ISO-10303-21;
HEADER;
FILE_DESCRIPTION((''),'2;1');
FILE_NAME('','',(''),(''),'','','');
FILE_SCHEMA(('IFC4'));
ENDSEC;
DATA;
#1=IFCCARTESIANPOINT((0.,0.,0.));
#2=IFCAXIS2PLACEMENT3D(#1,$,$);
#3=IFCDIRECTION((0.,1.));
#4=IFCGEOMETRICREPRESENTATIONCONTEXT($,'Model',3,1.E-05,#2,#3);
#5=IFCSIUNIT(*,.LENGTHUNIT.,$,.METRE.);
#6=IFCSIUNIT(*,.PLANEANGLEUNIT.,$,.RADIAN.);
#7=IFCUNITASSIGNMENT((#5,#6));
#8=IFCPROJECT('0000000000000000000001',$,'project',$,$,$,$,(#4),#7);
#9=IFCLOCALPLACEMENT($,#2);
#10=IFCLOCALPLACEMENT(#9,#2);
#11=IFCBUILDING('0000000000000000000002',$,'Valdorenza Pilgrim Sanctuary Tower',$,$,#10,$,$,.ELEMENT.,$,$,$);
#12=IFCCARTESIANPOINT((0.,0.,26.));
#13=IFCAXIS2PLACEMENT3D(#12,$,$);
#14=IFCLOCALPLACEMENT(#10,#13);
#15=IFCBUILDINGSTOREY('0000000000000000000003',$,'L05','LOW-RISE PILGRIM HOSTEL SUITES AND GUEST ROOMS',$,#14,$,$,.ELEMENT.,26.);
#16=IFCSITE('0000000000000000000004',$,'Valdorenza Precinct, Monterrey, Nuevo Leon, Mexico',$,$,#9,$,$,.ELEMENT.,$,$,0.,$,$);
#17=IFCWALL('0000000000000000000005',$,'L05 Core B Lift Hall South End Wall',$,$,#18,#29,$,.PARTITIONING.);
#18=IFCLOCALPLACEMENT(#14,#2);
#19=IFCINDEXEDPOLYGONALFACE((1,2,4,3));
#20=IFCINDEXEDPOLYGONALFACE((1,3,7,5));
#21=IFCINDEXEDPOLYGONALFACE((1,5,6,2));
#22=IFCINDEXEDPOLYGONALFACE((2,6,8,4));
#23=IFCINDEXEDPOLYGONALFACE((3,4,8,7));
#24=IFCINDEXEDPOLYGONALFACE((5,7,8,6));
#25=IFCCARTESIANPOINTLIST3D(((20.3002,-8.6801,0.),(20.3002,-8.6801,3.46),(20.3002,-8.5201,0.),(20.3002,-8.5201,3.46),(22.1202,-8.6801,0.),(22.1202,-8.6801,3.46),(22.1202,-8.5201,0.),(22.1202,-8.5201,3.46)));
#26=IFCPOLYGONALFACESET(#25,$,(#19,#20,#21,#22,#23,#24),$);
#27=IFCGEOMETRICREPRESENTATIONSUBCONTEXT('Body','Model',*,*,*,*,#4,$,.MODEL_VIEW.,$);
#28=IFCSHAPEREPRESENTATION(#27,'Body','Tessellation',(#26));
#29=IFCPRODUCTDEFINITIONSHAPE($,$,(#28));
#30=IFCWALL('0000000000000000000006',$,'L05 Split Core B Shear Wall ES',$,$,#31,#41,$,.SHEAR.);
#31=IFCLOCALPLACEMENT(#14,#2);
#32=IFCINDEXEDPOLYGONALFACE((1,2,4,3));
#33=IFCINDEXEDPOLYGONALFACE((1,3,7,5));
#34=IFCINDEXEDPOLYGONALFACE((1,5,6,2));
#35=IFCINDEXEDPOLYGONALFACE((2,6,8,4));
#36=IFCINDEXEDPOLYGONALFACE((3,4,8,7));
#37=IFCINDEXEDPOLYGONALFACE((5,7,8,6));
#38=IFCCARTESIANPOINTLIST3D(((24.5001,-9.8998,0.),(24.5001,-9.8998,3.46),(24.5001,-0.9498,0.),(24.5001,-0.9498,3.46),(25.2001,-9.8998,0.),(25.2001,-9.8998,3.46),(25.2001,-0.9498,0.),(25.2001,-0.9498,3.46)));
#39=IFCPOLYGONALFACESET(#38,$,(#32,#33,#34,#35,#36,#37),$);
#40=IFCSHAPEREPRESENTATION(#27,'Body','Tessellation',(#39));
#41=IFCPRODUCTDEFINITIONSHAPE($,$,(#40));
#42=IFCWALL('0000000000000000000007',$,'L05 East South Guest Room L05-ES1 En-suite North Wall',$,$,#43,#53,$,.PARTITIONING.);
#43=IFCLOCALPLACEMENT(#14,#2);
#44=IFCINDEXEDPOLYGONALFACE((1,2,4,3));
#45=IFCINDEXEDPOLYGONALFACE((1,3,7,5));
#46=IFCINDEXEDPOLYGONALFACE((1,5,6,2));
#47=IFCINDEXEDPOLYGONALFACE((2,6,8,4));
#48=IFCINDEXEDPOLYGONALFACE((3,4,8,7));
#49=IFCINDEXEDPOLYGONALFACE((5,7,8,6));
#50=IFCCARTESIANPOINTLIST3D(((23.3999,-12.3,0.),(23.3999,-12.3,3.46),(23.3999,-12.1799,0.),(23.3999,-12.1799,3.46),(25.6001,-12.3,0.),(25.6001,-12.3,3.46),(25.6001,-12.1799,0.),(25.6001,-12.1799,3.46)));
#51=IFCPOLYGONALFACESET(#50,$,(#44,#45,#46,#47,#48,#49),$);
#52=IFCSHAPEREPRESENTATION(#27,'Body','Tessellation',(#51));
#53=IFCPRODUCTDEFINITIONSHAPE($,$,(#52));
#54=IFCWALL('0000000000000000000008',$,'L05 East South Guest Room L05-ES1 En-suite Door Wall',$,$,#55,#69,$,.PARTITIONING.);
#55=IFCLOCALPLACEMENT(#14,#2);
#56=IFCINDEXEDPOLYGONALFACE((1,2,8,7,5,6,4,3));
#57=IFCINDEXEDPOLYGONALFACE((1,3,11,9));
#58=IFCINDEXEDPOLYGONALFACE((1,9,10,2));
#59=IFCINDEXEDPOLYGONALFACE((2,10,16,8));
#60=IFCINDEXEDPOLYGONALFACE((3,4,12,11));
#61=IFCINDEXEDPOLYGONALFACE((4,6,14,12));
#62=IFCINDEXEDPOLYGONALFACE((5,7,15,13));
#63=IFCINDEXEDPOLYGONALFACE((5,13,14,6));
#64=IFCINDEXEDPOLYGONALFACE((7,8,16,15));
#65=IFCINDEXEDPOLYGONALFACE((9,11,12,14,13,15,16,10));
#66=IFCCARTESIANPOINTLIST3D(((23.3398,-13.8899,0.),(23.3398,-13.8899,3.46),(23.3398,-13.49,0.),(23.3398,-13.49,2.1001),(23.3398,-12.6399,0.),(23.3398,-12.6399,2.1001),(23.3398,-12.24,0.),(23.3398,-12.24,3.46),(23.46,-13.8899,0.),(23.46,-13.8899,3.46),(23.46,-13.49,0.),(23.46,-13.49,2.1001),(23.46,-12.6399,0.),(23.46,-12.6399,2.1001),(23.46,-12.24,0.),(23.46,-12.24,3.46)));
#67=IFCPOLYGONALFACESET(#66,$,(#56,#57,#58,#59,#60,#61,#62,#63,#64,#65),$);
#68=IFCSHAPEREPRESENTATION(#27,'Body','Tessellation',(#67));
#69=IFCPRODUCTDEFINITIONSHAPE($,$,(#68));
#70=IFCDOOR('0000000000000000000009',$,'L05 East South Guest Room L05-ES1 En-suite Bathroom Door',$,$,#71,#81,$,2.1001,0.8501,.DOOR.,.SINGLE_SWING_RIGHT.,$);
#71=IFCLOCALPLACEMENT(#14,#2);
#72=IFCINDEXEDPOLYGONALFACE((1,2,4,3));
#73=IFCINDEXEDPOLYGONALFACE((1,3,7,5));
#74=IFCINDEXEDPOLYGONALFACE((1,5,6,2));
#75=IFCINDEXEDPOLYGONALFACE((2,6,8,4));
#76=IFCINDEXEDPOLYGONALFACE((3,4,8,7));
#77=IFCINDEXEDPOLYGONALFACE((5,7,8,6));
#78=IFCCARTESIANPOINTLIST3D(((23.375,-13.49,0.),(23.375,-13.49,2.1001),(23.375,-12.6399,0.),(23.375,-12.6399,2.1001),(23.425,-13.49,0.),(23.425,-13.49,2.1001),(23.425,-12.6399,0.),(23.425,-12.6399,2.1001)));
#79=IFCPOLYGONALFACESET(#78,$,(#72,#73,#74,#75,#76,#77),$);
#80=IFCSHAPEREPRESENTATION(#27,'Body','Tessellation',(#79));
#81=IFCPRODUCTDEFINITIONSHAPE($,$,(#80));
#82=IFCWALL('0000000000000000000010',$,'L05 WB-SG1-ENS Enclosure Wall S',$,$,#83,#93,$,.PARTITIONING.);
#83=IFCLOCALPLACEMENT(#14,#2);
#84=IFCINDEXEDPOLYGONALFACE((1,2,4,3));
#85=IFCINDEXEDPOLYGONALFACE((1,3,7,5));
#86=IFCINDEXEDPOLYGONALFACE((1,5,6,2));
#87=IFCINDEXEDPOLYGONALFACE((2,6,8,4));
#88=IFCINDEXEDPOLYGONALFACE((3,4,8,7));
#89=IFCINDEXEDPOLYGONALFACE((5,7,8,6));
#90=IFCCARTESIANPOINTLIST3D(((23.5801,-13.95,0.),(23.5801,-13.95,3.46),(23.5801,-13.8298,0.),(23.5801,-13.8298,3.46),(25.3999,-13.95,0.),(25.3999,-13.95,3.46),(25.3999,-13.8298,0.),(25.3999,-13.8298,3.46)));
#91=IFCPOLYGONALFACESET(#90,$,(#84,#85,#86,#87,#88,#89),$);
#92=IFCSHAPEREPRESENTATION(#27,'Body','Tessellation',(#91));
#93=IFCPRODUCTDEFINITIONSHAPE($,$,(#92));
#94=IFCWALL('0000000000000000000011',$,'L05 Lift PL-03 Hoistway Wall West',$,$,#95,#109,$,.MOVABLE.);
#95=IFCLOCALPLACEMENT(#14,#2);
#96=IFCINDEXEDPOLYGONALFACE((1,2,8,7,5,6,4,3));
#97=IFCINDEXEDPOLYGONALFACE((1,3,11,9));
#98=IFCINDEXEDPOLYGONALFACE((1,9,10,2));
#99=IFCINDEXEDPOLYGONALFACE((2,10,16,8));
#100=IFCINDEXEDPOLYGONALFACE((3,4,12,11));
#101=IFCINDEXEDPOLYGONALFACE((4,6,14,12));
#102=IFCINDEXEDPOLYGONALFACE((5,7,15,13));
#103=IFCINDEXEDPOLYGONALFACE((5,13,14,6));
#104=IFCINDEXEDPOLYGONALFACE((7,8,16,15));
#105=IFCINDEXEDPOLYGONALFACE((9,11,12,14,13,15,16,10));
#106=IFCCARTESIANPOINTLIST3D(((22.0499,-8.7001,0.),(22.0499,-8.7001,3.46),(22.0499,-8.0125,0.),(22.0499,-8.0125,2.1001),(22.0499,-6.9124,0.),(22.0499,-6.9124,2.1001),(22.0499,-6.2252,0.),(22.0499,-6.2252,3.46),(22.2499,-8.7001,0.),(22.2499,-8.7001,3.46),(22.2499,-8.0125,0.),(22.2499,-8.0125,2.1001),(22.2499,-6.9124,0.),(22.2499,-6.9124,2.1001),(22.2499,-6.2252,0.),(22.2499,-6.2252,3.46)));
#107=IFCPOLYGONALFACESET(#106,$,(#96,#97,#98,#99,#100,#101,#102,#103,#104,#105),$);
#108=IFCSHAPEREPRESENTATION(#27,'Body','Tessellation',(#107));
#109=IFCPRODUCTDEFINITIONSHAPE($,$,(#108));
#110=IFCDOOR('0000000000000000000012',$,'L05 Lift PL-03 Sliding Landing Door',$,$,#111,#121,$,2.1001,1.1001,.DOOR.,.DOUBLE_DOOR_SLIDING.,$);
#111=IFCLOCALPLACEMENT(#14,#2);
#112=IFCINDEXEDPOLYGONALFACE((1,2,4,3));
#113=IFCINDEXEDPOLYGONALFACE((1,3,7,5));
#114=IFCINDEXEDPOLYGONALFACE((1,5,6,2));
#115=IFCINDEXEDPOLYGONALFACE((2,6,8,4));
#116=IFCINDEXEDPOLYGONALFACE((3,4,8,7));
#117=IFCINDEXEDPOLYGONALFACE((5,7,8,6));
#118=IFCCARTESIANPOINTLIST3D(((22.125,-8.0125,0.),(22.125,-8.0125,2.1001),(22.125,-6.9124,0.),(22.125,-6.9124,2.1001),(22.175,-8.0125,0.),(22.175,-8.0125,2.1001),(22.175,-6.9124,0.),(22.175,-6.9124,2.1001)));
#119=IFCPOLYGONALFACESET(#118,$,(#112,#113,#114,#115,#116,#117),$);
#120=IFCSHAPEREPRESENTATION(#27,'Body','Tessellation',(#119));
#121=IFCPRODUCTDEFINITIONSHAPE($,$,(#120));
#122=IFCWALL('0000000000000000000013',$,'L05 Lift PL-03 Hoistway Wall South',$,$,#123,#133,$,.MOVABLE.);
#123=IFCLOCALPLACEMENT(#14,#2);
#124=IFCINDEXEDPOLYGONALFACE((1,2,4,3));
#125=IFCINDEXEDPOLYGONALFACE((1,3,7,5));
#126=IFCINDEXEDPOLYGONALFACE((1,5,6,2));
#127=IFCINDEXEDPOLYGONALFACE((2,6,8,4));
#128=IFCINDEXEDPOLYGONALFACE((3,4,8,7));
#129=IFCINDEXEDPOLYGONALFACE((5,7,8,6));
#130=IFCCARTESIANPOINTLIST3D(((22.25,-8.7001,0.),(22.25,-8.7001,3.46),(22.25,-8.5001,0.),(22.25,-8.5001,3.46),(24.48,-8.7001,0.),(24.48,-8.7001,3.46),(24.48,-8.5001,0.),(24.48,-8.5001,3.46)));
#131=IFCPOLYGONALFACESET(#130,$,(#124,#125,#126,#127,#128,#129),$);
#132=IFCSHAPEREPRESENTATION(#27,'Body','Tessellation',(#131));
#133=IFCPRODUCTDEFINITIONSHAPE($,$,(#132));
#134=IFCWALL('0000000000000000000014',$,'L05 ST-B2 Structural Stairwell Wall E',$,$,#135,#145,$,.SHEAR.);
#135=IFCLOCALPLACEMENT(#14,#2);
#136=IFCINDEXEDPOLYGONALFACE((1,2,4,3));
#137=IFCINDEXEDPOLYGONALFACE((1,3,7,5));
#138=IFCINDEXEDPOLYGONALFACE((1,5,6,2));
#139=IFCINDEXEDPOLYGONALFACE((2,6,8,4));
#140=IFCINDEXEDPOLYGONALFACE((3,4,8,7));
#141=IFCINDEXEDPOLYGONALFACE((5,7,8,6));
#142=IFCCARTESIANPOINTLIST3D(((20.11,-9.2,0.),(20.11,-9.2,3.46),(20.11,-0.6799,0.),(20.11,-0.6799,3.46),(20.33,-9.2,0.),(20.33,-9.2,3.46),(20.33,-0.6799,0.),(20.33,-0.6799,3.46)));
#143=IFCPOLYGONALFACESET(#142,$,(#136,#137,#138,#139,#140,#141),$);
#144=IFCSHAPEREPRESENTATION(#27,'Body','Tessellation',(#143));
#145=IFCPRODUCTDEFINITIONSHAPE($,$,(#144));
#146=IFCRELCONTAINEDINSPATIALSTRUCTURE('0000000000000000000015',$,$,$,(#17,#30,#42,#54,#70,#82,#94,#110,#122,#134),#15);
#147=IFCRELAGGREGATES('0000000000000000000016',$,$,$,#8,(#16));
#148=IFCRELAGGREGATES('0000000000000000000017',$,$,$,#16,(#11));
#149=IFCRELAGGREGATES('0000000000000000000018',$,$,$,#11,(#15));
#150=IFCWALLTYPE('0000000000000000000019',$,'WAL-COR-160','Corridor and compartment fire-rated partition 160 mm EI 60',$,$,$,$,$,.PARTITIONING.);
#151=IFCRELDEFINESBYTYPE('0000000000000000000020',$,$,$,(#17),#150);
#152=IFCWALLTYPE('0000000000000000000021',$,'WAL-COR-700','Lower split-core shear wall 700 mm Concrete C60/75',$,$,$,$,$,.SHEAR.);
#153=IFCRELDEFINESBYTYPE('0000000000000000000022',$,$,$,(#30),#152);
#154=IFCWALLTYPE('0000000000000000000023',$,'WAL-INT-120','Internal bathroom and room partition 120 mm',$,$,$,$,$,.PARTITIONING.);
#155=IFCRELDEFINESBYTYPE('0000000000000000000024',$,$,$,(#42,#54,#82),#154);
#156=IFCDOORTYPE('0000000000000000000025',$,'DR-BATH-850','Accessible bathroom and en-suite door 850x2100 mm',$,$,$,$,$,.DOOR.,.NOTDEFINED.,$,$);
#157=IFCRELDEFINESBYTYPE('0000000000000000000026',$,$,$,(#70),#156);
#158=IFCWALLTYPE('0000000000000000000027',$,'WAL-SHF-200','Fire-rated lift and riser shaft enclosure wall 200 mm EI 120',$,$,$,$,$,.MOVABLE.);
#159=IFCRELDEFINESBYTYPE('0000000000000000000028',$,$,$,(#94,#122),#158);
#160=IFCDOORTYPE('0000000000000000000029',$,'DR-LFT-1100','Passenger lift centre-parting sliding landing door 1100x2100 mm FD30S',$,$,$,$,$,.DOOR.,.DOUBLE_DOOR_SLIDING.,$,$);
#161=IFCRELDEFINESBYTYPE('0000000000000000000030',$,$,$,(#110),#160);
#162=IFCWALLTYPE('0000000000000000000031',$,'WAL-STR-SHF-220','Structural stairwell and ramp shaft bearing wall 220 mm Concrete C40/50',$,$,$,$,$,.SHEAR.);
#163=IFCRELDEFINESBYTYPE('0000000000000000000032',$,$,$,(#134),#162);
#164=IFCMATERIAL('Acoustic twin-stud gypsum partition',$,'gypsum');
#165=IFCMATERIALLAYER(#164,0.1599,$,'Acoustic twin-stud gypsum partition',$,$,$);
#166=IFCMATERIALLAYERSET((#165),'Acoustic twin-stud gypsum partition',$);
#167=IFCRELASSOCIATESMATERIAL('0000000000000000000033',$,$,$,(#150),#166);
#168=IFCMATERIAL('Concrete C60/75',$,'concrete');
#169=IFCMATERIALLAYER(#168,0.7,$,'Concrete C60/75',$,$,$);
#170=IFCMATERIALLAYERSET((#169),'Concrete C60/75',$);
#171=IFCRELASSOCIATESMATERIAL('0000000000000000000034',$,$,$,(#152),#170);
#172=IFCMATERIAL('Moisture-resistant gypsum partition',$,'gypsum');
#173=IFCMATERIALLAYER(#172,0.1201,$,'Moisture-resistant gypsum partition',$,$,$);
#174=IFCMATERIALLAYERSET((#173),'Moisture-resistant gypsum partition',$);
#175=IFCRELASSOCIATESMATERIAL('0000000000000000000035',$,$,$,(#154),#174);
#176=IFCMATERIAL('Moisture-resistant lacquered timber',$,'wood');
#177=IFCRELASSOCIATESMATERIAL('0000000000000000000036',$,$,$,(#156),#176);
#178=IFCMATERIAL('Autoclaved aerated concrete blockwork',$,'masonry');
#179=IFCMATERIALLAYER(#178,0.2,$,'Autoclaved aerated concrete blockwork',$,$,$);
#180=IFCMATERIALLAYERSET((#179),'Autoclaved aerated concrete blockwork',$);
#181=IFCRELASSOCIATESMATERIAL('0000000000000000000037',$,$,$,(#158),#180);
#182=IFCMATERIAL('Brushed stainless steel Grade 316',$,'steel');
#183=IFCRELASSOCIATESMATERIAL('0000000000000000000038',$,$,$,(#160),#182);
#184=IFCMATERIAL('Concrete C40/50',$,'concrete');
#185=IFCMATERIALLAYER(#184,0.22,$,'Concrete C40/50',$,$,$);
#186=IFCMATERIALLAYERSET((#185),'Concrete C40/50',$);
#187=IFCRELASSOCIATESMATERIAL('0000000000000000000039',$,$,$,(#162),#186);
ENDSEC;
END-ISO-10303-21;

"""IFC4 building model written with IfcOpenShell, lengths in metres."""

from ifc_helpers import new_model, si_unit, direction, frame, frame_2d, origin, place, context, subcontext, project, spatial, rectangle, extrude, material, layer, layer_set, type_object, element, fill, save


model = new_model("IFC4")

# Units and contexts
model_context = context("Model", 3, precision=1e-05, world=origin(), true_north=direction((0.0, 1.0)))
body_context = subcontext(model_context, "Body", "Model", "MODEL_VIEW")
ifc_project = project(units=[si_unit("LENGTHUNIT", "METRE"), si_unit("PLANEANGLEUNIT", "RADIAN")], contexts=[model_context])

# Site, building, storey
site_placement = place(None, origin())
site = spatial("IfcSite", under=ifc_project, at=site_placement, Name="Valdorenza Precinct, Monterrey, Nuevo Leon, Mexico", CompositionType="ELEMENT", RefElevation=0.0)
building_placement = place(site_placement, origin())
building = spatial("IfcBuilding", under=site, at=building_placement, Name="Valdorenza Pilgrim Sanctuary Tower", CompositionType="ELEMENT")
storey_placement = place(building_placement, frame((0.0, 0.0, 26.0)))
storey = spatial("IfcBuildingStorey", under=building, at=storey_placement, Name="L05", Description="LOW-RISE PILGRIM HOSTEL SUITES AND GUEST ROOMS", CompositionType="ELEMENT", Elevation=26.0)

# Shared definitions
ifc_material_1 = material(Name="Concrete C60/75", Category="concrete")

# Walls
ifc_material_2 = material(Name="Acoustic twin-stud gypsum partition", Category="gypsum")
ifc_layer_1 = layer(ifc_material_2, 0.1599, Name="Acoustic twin-stud gypsum partition")
ifc_layer_set_1 = layer_set([ifc_layer_1], Name="Acoustic twin-stud gypsum partition")
wall_type_1 = type_object("IfcWallType", Name="WAL-COR-160", Description="Corridor and compartment fire-rated partition 160 mm EI 60", PredefinedType="PARTITIONING", material=ifc_layer_set_1)
wall_1_placement = place(storey_placement, frame((20.3, -8.6001, 0.0), z_axis=(0.0, 0.0, 1.0), x_axis=(1.0, 0.0, 0.0)))
element("IfcWall", 1, at=wall_1_placement, inside=storey, type_object=wall_type_1, Name="L05 Core B Lift Hall South End Wall", PredefinedType="PARTITIONING", context=body_context, shape_type="SweptSolid", body=[
    extrude(rectangle(XDim=1.8201, YDim=0.1599, at=frame_2d((0.9102, 0.0))), origin(), (0.0, 0.0, 1.0), 3.46),
])
ifc_layer_2 = layer(ifc_material_1, 0.7, Name="Concrete C60/75")
ifc_layer_set_2 = layer_set([ifc_layer_2], Name="Concrete C60/75")
wall_type_2 = type_object("IfcWallType", Name="WAL-COR-700", Description="Lower split-core shear wall 700 mm Concrete C60/75", PredefinedType="SHEAR", material=ifc_layer_set_2)
wall_2_placement = place(storey_placement, frame((24.8501, -9.8999, 0.0), z_axis=(0.0, 0.0, 1.0), x_axis=(0.0, 1.0, 0.0)))
element("IfcWall", 2, at=wall_2_placement, inside=storey, type_object=wall_type_2, Name="L05 Split Core B Shear Wall ES", PredefinedType="SHEAR", context=body_context, shape_type="SweptSolid", body=[
    extrude(rectangle(XDim=8.95, YDim=0.7, at=frame_2d((4.4751, 0.0))), origin(), (0.0, 0.0, 1.0), 3.46),
])
ifc_material_3 = material(Name="Moisture-resistant gypsum partition", Category="gypsum")
ifc_layer_3 = layer(ifc_material_3, 0.1201, Name="Moisture-resistant gypsum partition")
ifc_layer_set_3 = layer_set([ifc_layer_3], Name="Moisture-resistant gypsum partition")
wall_type_3 = type_object("IfcWallType", Name="WAL-INT-120", Description="Internal bathroom and room partition 120 mm", PredefinedType="PARTITIONING", material=ifc_layer_set_3)
wall_3_placement = place(storey_placement, frame((23.3999, -12.24, 0.0), z_axis=(0.0, 0.0, 1.0), x_axis=(1.0, 0.0, 0.0)))
element("IfcWall", 3, at=wall_3_placement, inside=storey, type_object=wall_type_3, Name="L05 East South Guest Room L05-ES1 En-suite North Wall", PredefinedType="PARTITIONING", context=body_context, shape_type="SweptSolid", body=[
    extrude(rectangle(XDim=2.2002, YDim=0.1201, at=frame_2d((1.1001, 0.0))), origin(), (0.0, 0.0, 1.0), 3.46),
])

# Wall, opening, door
wall_4_placement = place(storey_placement, frame((23.3999, -13.8899, 0.0), z_axis=(0.0, 0.0, 1.0), x_axis=(0.0, 1.0, 0.0)))
wall_4 = element("IfcWall", 4, at=wall_4_placement, inside=storey, type_object=wall_type_3, Name="L05 East South Guest Room L05-ES1 En-suite Door Wall", PredefinedType="PARTITIONING", context=body_context, shape_type="SweptSolid", body=[
    extrude(rectangle(XDim=1.6499, YDim=0.1201, at=frame_2d((0.825, 0.0))), origin(), (0.0, 0.0, 1.0), 3.46),
])
opening_1_placement = place(wall_4_placement, frame((0.3999, 0.0, 0.0)))
opening_1 = element("IfcOpeningElement", 5, at=opening_1_placement, cuts=wall_4, PredefinedType="OPENING", context=body_context, shape_type="SweptSolid", body=[
    extrude(rectangle(XDim=0.8501, YDim=2.1001, at=frame_2d((0.425, 1.05))), frame((0.0, 0.075, 0.0), z_axis=(0.0, -1.0, 0.0), x_axis=(1.0, 0.0, 0.0)), (0.0, 0.0, 1.0), 0.1499),
])
ifc_material_4 = material(Name="Moisture-resistant lacquered timber", Category="wood")
door_type_1 = type_object("IfcDoorType", Name="DR-BATH-850", Description="Accessible bathroom and en-suite door 850x2100 mm", OperationType="NOTDEFINED", PredefinedType="DOOR", material=ifc_material_4)
door_1_placement = place(opening_1_placement, origin())
door_1 = element("IfcDoor", 6, at=door_1_placement, inside=storey, type_object=door_type_1, Name="L05 East South Guest Room L05-ES1 En-suite Bathroom Door", OperationType="SINGLE_SWING_RIGHT", OverallHeight=2.1001, OverallWidth=0.8501, PredefinedType="DOOR", context=body_context, shape_type="SweptSolid", body=[
    extrude(rectangle(XDim=0.8501, YDim=2.1001, at=frame_2d((0.425, 1.05))), frame((0.0, 0.0249, 0.0), z_axis=(0.0, -1.0, 0.0), x_axis=(1.0, 0.0, 0.0)), (0.0, 0.0, 1.0), 0.05),
])
fill(opening_1, door_1)

# Wall
wall_5_placement = place(storey_placement, frame((23.5801, -13.8899, 0.0), z_axis=(0.0, 0.0, 1.0), x_axis=(1.0, 0.0, 0.0)))
element("IfcWall", 7, at=wall_5_placement, inside=storey, type_object=wall_type_3, Name="L05 WB-SG1-ENS Enclosure Wall S", PredefinedType="PARTITIONING", context=body_context, shape_type="SweptSolid", body=[
    extrude(rectangle(XDim=1.8198, YDim=0.1201, at=frame_2d((0.9099, 0.0))), origin(), (0.0, 0.0, 1.0), 3.46),
])

# Wall, opening, door
ifc_material_5 = material(Name="Autoclaved aerated concrete blockwork", Category="masonry")
ifc_layer_4 = layer(ifc_material_5, 0.2, Name="Autoclaved aerated concrete blockwork")
ifc_layer_set_4 = layer_set([ifc_layer_4], Name="Autoclaved aerated concrete blockwork")
wall_type_4 = type_object("IfcWallType", Name="WAL-SHF-200", Description="Fire-rated lift and riser shaft enclosure wall 200 mm EI 120", PredefinedType="MOVABLE", material=ifc_layer_set_4)
wall_6_placement = place(storey_placement, frame((22.1499, -8.7, 0.0), z_axis=(0.0, 0.0, 1.0), x_axis=(0.0, 1.0, 0.0)))
wall_6 = element("IfcWall", 8, at=wall_6_placement, inside=storey, type_object=wall_type_4, Name="L05 Lift PL-03 Hoistway Wall West", PredefinedType="MOVABLE", context=body_context, shape_type="SweptSolid", body=[
    extrude(rectangle(XDim=2.4749, YDim=0.2, at=frame_2d((1.2373, 0.0))), origin(), (0.0, 0.0, 1.0), 3.46),
])
opening_2_placement = place(wall_6_placement, frame((0.6875, 0.0, 0.0)))
opening_2 = element("IfcOpeningElement", 9, at=opening_2_placement, cuts=wall_6, PredefinedType="OPENING", context=body_context, shape_type="SweptSolid", body=[
    extrude(rectangle(XDim=1.1001, YDim=2.1001, at=frame_2d((0.55, 1.05))), frame((0.0, 0.1147, 0.0), z_axis=(0.0, -1.0, 0.0), x_axis=(1.0, 0.0, 0.0)), (0.0, 0.0, 1.0), 0.2297),
])
ifc_material_6 = material(Name="Brushed stainless steel Grade 316", Category="steel")
door_type_2 = type_object("IfcDoorType", Name="DR-LFT-1100", Description="Passenger lift centre-parting sliding landing door 1100x2100 mm FD30S", OperationType="DOUBLE_DOOR_SLIDING", PredefinedType="DOOR", material=ifc_material_6)
door_2_placement = place(opening_2_placement, origin())
door_2 = element("IfcDoor", 10, at=door_2_placement, inside=storey, type_object=door_type_2, Name="L05 Lift PL-03 Sliding Landing Door", OperationType="DOUBLE_DOOR_SLIDING", OverallHeight=2.1001, OverallWidth=1.1001, PredefinedType="DOOR", context=body_context, shape_type="SweptSolid", body=[
    extrude(rectangle(XDim=1.1001, YDim=2.1001, at=frame_2d((0.55, 1.05))), frame((0.0, 0.0249, 0.0), z_axis=(0.0, -1.0, 0.0), x_axis=(1.0, 0.0, 0.0)), (0.0, 0.0, 1.0), 0.05),
])
fill(opening_2, door_2)

# Walls
wall_7_placement = place(storey_placement, frame((22.25, -8.6001, 0.0), z_axis=(0.0, 0.0, 1.0), x_axis=(1.0, 0.0, 0.0)))
element("IfcWall", 11, at=wall_7_placement, inside=storey, type_object=wall_type_4, Name="L05 Lift PL-03 Hoistway Wall South", PredefinedType="MOVABLE", context=body_context, shape_type="SweptSolid", body=[
    extrude(rectangle(XDim=2.23, YDim=0.2, at=frame_2d((1.115, 0.0))), origin(), (0.0, 0.0, 1.0), 3.46),
])
ifc_material_7 = material(Name="Concrete C40/50", Category="concrete")
ifc_layer_5 = layer(ifc_material_7, 0.22, Name="Concrete C40/50")
ifc_layer_set_5 = layer_set([ifc_layer_5], Name="Concrete C40/50")
wall_type_5 = type_object("IfcWallType", Name="WAL-STR-SHF-220", Description="Structural stairwell and ramp shaft bearing wall 220 mm Concrete C40/50", PredefinedType="SHEAR", material=ifc_layer_set_5)
wall_8_placement = place(storey_placement, frame((20.22, -9.2, 0.0), z_axis=(0.0, 0.0, 1.0), x_axis=(0.0, 1.0, 0.0)))
element("IfcWall", 12, at=wall_8_placement, inside=storey, type_object=wall_type_5, Name="L05 ST-B2 Structural Stairwell Wall E", PredefinedType="SHEAR", context=body_context, shape_type="SweptSolid", body=[
    extrude(rectangle(XDim=8.52, YDim=0.22, at=frame_2d((4.26, 0.0))), origin(), (0.0, 0.0, 1.0), 3.46),
])

save(model, "model.ifc")
